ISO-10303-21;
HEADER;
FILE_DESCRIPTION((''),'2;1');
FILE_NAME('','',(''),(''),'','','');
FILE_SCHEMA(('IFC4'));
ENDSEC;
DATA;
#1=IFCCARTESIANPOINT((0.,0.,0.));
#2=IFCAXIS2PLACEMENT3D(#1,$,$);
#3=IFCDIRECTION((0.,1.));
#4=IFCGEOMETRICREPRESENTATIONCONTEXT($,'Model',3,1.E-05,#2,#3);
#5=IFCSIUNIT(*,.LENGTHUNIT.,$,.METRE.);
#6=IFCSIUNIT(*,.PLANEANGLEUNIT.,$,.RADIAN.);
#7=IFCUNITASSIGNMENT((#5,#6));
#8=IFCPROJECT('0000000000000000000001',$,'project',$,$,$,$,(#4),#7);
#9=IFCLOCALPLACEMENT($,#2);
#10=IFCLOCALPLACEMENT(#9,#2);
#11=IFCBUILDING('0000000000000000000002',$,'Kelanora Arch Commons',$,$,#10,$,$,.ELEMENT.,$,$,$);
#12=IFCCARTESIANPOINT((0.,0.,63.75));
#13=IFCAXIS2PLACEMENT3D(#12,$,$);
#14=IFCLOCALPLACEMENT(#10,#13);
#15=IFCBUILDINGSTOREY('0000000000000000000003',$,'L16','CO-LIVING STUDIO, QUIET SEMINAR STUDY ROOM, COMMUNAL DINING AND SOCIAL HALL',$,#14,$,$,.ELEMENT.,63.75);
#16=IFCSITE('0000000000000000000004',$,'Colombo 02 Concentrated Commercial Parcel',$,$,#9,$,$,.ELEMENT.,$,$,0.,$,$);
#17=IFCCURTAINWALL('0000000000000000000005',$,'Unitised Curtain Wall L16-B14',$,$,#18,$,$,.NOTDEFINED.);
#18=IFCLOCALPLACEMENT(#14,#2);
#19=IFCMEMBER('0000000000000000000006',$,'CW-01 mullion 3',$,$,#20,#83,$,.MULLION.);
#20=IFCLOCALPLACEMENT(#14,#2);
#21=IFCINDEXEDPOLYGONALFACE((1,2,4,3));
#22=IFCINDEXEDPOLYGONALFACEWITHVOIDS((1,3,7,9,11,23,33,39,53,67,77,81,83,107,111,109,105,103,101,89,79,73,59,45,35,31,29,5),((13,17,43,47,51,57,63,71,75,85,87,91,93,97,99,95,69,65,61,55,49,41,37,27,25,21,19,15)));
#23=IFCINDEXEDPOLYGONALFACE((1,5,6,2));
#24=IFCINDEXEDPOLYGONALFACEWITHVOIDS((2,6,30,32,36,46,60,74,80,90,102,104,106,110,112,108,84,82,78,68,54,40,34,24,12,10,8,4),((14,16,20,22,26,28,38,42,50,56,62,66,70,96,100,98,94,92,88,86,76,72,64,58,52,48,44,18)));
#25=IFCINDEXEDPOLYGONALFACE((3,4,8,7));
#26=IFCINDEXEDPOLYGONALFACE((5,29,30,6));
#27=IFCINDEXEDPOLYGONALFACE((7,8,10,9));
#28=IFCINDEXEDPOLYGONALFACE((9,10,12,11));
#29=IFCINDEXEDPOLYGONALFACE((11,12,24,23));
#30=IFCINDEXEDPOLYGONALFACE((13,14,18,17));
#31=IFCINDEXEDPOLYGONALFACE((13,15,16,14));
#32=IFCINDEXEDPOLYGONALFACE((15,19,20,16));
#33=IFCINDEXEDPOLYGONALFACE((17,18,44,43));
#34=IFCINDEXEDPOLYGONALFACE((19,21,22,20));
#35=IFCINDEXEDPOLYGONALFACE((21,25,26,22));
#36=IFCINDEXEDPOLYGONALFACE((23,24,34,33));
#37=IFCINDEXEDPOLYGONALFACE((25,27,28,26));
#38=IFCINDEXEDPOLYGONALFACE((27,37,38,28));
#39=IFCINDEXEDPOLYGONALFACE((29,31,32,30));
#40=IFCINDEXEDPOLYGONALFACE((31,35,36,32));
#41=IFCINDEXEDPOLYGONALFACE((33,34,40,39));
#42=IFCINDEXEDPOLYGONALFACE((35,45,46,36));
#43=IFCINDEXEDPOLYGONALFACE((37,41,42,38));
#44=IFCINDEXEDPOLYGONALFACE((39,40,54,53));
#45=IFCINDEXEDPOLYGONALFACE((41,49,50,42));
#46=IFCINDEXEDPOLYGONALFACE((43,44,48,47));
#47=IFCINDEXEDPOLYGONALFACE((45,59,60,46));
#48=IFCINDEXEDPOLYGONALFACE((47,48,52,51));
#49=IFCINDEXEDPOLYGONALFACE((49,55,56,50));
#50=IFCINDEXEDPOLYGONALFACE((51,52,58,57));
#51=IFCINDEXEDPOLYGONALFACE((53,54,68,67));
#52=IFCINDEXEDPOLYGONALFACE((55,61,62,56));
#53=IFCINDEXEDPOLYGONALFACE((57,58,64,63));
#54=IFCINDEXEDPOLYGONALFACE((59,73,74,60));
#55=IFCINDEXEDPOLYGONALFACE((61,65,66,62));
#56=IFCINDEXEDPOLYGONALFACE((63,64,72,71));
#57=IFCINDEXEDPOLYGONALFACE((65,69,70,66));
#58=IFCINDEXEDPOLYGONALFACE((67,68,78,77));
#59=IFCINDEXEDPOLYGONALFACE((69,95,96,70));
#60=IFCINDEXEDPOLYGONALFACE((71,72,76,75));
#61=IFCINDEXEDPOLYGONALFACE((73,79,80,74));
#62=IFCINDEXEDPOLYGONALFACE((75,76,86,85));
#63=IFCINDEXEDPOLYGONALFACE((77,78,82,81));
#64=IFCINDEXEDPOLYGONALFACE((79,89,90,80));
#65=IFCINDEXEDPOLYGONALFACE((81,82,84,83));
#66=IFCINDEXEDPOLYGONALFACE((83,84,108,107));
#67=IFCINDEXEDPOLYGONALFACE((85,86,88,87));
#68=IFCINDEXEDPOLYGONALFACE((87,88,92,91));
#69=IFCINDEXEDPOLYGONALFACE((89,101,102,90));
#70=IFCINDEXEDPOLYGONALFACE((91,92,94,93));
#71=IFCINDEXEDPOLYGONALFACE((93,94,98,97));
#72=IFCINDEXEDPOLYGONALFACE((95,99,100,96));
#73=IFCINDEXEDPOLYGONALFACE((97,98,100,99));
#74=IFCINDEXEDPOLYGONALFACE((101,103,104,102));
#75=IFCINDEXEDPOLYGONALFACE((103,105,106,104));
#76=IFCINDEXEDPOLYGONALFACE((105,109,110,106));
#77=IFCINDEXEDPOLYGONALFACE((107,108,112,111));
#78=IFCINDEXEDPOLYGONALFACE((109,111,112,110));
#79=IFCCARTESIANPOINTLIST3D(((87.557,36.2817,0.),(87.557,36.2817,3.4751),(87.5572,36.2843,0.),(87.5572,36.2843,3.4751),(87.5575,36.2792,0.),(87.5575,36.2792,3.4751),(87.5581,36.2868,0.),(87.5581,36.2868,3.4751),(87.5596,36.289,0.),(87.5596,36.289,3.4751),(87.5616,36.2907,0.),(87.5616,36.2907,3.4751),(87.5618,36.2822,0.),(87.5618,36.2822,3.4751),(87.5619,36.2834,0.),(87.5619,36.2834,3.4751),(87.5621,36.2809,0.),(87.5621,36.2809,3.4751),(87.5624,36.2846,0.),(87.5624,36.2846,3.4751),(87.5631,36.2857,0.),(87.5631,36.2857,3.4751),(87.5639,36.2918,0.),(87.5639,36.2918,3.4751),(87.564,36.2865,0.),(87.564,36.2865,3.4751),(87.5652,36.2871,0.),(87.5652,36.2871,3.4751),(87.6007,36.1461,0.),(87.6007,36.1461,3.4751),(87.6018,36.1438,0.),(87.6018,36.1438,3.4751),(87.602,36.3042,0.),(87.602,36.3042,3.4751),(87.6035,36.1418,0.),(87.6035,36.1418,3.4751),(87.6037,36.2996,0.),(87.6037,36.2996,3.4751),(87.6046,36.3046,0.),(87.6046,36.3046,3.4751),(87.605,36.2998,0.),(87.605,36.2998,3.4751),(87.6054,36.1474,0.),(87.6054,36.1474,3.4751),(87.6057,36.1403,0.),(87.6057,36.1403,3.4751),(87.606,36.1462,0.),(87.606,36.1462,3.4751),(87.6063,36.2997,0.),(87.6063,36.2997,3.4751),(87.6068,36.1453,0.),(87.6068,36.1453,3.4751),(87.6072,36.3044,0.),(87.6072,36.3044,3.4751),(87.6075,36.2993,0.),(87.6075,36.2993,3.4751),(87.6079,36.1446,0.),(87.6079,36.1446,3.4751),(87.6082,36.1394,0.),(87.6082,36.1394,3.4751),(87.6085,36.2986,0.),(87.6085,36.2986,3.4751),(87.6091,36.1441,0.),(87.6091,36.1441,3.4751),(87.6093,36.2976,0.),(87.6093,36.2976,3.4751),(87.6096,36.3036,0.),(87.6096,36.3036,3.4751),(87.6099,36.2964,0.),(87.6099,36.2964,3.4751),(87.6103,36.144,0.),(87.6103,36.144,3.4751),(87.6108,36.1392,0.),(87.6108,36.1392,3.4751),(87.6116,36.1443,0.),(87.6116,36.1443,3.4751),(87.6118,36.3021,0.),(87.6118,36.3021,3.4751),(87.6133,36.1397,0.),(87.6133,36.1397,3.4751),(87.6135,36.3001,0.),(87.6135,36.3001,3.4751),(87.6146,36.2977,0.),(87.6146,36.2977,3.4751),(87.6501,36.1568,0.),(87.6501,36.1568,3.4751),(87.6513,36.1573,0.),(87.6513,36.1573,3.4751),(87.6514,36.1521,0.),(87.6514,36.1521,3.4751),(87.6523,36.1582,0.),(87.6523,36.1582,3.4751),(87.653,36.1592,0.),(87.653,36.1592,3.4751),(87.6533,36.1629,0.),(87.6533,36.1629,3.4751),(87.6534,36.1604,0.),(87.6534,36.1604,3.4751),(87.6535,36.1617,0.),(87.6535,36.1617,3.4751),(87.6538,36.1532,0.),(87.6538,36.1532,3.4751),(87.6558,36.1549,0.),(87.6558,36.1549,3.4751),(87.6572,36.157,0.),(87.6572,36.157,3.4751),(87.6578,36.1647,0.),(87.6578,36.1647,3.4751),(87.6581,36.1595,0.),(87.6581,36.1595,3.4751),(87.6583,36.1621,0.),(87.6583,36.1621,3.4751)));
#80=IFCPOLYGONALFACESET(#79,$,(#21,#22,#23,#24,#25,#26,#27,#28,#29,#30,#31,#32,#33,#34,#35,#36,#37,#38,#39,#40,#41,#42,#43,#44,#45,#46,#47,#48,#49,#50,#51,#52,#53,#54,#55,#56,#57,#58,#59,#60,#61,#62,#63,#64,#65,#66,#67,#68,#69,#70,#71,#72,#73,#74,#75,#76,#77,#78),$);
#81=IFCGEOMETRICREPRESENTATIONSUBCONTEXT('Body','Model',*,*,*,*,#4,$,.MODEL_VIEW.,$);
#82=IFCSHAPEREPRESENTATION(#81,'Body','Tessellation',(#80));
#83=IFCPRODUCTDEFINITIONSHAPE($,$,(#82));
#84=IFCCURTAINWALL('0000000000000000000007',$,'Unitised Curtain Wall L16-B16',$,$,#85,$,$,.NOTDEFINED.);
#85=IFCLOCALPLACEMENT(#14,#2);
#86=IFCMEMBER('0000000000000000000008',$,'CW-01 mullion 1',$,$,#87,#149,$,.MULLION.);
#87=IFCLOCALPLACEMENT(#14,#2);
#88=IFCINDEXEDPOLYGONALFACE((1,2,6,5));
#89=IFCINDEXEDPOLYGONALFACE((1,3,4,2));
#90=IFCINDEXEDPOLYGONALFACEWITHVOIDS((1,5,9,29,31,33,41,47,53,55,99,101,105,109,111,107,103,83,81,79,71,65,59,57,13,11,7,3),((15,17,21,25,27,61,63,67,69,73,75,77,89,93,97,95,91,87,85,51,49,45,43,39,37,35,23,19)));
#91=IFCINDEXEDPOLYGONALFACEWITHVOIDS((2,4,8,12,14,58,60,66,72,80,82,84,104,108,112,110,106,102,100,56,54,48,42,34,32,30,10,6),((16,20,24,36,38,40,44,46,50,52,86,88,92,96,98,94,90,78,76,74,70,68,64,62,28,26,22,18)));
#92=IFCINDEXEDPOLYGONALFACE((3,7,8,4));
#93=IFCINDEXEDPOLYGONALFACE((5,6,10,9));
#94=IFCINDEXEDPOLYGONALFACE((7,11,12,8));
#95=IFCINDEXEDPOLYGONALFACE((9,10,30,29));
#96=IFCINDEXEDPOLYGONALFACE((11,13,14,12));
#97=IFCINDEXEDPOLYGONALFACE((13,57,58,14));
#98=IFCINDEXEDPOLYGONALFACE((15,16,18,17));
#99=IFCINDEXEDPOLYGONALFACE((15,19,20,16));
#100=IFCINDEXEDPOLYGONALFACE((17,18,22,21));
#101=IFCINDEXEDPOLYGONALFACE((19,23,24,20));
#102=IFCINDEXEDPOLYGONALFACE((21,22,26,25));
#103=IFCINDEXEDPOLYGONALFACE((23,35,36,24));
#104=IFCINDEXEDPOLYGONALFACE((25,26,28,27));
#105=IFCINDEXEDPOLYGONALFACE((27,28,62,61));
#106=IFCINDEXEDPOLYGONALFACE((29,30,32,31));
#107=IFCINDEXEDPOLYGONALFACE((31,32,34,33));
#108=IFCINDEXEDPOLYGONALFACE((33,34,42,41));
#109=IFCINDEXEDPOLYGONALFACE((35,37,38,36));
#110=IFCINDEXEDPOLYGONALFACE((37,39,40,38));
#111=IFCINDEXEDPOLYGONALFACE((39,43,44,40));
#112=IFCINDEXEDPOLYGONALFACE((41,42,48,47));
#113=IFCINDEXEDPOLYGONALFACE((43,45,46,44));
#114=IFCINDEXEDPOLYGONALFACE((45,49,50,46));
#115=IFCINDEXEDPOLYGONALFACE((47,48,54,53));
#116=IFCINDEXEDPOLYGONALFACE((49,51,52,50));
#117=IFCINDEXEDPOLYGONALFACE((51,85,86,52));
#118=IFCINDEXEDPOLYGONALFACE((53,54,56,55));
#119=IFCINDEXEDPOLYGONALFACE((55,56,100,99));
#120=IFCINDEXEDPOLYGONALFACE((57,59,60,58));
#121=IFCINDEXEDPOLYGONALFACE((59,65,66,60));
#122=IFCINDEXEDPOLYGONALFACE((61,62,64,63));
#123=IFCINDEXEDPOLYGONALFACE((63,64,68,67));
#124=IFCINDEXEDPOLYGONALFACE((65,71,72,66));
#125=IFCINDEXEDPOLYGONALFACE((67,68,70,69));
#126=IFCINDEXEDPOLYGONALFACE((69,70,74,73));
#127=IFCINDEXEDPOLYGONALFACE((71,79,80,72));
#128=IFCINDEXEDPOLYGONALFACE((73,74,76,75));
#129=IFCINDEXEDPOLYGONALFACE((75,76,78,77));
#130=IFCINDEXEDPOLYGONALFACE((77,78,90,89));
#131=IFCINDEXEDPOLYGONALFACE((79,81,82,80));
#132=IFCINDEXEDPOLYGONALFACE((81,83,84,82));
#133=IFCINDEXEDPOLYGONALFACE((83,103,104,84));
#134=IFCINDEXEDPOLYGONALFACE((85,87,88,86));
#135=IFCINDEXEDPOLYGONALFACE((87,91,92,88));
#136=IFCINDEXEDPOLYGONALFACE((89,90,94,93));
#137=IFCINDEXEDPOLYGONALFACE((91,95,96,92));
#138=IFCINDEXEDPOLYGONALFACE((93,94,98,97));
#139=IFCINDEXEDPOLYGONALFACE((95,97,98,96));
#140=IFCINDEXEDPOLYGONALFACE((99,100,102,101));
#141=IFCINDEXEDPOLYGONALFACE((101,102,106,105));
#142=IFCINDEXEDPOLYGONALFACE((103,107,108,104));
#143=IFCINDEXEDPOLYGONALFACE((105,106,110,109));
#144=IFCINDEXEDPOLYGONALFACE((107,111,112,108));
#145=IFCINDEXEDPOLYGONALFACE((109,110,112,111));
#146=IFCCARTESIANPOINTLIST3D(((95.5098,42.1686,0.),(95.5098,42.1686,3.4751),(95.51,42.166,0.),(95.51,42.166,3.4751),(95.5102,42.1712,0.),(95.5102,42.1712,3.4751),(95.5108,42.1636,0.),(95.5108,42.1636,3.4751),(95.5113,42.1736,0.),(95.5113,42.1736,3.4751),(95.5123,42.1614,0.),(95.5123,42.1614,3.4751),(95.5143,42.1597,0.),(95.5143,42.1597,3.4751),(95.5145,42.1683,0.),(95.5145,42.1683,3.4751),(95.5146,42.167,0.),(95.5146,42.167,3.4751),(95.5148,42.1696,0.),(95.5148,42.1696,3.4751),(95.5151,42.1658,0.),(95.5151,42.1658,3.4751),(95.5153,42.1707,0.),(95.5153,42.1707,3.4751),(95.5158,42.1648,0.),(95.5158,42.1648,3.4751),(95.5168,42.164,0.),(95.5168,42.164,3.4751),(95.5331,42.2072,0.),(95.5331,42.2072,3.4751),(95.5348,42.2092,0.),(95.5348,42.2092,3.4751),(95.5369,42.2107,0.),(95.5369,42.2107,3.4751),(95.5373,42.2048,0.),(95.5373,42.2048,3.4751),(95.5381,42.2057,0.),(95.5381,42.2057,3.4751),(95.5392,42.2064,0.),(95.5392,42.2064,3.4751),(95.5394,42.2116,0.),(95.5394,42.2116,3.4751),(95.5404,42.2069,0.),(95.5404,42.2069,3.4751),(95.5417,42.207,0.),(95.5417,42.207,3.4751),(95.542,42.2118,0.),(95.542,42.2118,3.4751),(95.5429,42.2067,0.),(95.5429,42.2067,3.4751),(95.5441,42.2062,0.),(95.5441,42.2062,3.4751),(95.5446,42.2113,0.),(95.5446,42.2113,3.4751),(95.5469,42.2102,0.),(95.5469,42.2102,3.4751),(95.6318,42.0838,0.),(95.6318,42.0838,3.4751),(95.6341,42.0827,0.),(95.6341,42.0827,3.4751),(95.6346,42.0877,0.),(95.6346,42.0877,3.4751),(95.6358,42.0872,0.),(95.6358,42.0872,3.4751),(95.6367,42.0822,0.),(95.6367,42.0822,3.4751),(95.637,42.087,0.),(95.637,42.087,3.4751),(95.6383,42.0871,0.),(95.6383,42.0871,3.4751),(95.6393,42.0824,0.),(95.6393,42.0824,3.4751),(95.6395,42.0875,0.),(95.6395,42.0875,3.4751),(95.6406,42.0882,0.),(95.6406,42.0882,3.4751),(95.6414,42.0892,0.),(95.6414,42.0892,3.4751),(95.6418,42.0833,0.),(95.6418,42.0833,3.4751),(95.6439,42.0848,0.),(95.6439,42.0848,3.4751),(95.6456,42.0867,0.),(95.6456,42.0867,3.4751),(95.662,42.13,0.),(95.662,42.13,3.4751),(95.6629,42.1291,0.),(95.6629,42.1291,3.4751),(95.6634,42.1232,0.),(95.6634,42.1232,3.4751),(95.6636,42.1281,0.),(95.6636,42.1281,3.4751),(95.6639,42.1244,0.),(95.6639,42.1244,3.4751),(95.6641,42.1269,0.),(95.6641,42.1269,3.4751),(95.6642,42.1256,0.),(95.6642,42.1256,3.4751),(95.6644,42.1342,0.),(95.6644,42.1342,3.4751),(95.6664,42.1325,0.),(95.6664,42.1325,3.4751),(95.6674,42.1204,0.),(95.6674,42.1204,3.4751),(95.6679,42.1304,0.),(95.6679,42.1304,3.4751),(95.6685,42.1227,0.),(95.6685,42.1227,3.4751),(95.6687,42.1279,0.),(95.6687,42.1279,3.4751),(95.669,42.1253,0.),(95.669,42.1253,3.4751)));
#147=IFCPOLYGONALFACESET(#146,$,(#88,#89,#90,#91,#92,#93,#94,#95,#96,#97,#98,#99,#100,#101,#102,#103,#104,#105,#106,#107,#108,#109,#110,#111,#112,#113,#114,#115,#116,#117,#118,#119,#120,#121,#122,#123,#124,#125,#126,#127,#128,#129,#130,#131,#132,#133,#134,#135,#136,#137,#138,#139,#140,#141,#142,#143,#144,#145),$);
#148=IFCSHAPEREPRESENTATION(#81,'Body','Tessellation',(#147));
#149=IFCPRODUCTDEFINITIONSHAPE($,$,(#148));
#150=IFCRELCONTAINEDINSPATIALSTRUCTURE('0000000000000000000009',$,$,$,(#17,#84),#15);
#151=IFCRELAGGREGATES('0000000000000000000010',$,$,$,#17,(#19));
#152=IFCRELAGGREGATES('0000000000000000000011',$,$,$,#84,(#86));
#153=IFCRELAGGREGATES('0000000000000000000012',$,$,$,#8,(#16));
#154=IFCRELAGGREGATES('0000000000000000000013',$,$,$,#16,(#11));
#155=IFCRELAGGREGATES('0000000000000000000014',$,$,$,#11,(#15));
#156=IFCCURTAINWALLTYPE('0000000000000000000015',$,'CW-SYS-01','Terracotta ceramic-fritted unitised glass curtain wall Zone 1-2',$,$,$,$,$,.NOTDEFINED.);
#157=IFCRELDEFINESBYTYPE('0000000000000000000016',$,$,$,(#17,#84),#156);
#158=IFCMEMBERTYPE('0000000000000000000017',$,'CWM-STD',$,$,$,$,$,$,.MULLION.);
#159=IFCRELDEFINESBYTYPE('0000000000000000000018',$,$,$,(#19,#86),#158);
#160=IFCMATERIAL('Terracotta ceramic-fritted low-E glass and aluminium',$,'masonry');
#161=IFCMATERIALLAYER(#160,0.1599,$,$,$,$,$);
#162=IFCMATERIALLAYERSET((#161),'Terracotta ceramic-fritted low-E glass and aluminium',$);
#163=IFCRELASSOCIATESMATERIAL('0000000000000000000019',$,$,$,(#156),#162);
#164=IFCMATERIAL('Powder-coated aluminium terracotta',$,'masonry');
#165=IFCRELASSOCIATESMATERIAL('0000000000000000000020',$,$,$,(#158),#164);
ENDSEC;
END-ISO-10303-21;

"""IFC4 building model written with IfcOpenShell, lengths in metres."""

from ifc_helpers import new_model, si_unit, direction, frame, origin, origin_2d, place, context, subcontext, project, spatial, hollow_rectangle, extrude, material, layer, layer_set, material_profile, profile_set, type_object, element, aggregate, save


model = new_model("IFC4")

# Units and contexts
model_context = context("Model", 3, precision=1e-05, world=origin(), true_north=direction((0.0, 1.0)))
body_context = subcontext(model_context, "Body", "Model", "MODEL_VIEW")
ifc_project = project(units=[si_unit("LENGTHUNIT", "METRE"), si_unit("PLANEANGLEUNIT", "RADIAN")], contexts=[model_context])

# Site, building, storey
site_placement = place(None, origin())
site = spatial("IfcSite", under=ifc_project, at=site_placement, Name="Colombo 02 Concentrated Commercial Parcel", CompositionType="ELEMENT", RefElevation=0.0)
building_placement = place(site_placement, origin())
building = spatial("IfcBuilding", under=site, at=building_placement, Name="Kelanora Arch Commons", CompositionType="ELEMENT")
storey_placement = place(building_placement, frame((0.0, 0.0, 63.75)))
storey = spatial("IfcBuildingStorey", under=building, at=storey_placement, Name="L16", Description="CO-LIVING STUDIO, QUIET SEMINAR STUDY ROOM, COMMUNAL DINING AND SOCIAL HALL", CompositionType="ELEMENT", Elevation=63.75)

# Curtain wall, member
ifc_material_1 = material(Name="Terracotta ceramic-fritted low-E glass and aluminium", Category="masonry")
ifc_layer_1 = layer(ifc_material_1, 0.1599)
ifc_layer_set_1 = layer_set([ifc_layer_1], Name="Terracotta ceramic-fritted low-E glass and aluminium")
curtain_wall_type = type_object("IfcCurtainWallType", Name="CW-SYS-01", Description="Terracotta ceramic-fritted unitised glass curtain wall Zone 1-2", PredefinedType="NOTDEFINED", material=ifc_layer_set_1)
curtain_wall_1_placement = place(storey_placement, origin())
curtain_wall_1 = element("IfcCurtainWall", 1, at=curtain_wall_1_placement, inside=storey, type_object=curtain_wall_type, Name="Unitised Curtain Wall L16-B14", PredefinedType="NOTDEFINED")
ifc_material_2 = material(Name="Powder-coated aluminium terracotta", Category="masonry")
ifc_material_profile_1 = material_profile(ifc_material_2, hollow_rectangle(XDim=0.1599, YDim=0.0601, WallThickness=0.0049, InnerFilletRadius=0.0049, OuterFilletRadius=0.01, at=origin_2d()), Name="CWM160x60")
ifc_profile_set_1 = profile_set([ifc_material_profile_1], Name="Powder-coated aluminium terracotta")
member_type_1 = type_object("IfcMemberType", Name="CWM-STD", PredefinedType="MULLION", material=ifc_profile_set_1)
member_1_placement = place(storey_placement, frame((87.6077, 36.2219, 0.0), z_axis=(0.0, 0.0, 1.0), x_axis=(-0.309058, 0.951043, 0.0)))
member_1 = element("IfcMember", 2, at=member_1_placement, type_object=member_type_1, Name="CW-01 mullion 3", PredefinedType="MULLION", context=body_context, shape_type="SweptSolid", body=[
    extrude(hollow_rectangle(XDim=0.1599, YDim=0.0601, WallThickness=0.0049, InnerFilletRadius=0.0049, OuterFilletRadius=0.01, at=origin_2d()), origin(), (0.0, 0.0, 1.0), 3.4751),
])

# Curtain wall, member
curtain_wall_2_placement = place(storey_placement, origin())
curtain_wall_2 = element("IfcCurtainWall", 3, at=curtain_wall_2_placement, inside=storey, type_object=curtain_wall_type, Name="Unitised Curtain Wall L16-B16", PredefinedType="NOTDEFINED")
member_2_placement = place(storey_placement, frame((95.5894, 42.147, 0.0), z_axis=(0.0, 0.0, 1.0), x_axis=(-0.83973, 0.543004, 0.0)))
member_2 = element("IfcMember", 4, at=member_2_placement, type_object=member_type_1, Name="CW-01 mullion 1", PredefinedType="MULLION", context=body_context, shape_type="SweptSolid", body=[
    extrude(hollow_rectangle(XDim=0.1599, YDim=0.0601, WallThickness=0.0049, InnerFilletRadius=0.0049, OuterFilletRadius=0.01, at=origin_2d()), origin(), (0.0, 0.0, 1.0), 3.4751),
])

aggregate(curtain_wall_1, [member_1])
aggregate(curtain_wall_2, [member_2])

save(model, "model.ifc")
